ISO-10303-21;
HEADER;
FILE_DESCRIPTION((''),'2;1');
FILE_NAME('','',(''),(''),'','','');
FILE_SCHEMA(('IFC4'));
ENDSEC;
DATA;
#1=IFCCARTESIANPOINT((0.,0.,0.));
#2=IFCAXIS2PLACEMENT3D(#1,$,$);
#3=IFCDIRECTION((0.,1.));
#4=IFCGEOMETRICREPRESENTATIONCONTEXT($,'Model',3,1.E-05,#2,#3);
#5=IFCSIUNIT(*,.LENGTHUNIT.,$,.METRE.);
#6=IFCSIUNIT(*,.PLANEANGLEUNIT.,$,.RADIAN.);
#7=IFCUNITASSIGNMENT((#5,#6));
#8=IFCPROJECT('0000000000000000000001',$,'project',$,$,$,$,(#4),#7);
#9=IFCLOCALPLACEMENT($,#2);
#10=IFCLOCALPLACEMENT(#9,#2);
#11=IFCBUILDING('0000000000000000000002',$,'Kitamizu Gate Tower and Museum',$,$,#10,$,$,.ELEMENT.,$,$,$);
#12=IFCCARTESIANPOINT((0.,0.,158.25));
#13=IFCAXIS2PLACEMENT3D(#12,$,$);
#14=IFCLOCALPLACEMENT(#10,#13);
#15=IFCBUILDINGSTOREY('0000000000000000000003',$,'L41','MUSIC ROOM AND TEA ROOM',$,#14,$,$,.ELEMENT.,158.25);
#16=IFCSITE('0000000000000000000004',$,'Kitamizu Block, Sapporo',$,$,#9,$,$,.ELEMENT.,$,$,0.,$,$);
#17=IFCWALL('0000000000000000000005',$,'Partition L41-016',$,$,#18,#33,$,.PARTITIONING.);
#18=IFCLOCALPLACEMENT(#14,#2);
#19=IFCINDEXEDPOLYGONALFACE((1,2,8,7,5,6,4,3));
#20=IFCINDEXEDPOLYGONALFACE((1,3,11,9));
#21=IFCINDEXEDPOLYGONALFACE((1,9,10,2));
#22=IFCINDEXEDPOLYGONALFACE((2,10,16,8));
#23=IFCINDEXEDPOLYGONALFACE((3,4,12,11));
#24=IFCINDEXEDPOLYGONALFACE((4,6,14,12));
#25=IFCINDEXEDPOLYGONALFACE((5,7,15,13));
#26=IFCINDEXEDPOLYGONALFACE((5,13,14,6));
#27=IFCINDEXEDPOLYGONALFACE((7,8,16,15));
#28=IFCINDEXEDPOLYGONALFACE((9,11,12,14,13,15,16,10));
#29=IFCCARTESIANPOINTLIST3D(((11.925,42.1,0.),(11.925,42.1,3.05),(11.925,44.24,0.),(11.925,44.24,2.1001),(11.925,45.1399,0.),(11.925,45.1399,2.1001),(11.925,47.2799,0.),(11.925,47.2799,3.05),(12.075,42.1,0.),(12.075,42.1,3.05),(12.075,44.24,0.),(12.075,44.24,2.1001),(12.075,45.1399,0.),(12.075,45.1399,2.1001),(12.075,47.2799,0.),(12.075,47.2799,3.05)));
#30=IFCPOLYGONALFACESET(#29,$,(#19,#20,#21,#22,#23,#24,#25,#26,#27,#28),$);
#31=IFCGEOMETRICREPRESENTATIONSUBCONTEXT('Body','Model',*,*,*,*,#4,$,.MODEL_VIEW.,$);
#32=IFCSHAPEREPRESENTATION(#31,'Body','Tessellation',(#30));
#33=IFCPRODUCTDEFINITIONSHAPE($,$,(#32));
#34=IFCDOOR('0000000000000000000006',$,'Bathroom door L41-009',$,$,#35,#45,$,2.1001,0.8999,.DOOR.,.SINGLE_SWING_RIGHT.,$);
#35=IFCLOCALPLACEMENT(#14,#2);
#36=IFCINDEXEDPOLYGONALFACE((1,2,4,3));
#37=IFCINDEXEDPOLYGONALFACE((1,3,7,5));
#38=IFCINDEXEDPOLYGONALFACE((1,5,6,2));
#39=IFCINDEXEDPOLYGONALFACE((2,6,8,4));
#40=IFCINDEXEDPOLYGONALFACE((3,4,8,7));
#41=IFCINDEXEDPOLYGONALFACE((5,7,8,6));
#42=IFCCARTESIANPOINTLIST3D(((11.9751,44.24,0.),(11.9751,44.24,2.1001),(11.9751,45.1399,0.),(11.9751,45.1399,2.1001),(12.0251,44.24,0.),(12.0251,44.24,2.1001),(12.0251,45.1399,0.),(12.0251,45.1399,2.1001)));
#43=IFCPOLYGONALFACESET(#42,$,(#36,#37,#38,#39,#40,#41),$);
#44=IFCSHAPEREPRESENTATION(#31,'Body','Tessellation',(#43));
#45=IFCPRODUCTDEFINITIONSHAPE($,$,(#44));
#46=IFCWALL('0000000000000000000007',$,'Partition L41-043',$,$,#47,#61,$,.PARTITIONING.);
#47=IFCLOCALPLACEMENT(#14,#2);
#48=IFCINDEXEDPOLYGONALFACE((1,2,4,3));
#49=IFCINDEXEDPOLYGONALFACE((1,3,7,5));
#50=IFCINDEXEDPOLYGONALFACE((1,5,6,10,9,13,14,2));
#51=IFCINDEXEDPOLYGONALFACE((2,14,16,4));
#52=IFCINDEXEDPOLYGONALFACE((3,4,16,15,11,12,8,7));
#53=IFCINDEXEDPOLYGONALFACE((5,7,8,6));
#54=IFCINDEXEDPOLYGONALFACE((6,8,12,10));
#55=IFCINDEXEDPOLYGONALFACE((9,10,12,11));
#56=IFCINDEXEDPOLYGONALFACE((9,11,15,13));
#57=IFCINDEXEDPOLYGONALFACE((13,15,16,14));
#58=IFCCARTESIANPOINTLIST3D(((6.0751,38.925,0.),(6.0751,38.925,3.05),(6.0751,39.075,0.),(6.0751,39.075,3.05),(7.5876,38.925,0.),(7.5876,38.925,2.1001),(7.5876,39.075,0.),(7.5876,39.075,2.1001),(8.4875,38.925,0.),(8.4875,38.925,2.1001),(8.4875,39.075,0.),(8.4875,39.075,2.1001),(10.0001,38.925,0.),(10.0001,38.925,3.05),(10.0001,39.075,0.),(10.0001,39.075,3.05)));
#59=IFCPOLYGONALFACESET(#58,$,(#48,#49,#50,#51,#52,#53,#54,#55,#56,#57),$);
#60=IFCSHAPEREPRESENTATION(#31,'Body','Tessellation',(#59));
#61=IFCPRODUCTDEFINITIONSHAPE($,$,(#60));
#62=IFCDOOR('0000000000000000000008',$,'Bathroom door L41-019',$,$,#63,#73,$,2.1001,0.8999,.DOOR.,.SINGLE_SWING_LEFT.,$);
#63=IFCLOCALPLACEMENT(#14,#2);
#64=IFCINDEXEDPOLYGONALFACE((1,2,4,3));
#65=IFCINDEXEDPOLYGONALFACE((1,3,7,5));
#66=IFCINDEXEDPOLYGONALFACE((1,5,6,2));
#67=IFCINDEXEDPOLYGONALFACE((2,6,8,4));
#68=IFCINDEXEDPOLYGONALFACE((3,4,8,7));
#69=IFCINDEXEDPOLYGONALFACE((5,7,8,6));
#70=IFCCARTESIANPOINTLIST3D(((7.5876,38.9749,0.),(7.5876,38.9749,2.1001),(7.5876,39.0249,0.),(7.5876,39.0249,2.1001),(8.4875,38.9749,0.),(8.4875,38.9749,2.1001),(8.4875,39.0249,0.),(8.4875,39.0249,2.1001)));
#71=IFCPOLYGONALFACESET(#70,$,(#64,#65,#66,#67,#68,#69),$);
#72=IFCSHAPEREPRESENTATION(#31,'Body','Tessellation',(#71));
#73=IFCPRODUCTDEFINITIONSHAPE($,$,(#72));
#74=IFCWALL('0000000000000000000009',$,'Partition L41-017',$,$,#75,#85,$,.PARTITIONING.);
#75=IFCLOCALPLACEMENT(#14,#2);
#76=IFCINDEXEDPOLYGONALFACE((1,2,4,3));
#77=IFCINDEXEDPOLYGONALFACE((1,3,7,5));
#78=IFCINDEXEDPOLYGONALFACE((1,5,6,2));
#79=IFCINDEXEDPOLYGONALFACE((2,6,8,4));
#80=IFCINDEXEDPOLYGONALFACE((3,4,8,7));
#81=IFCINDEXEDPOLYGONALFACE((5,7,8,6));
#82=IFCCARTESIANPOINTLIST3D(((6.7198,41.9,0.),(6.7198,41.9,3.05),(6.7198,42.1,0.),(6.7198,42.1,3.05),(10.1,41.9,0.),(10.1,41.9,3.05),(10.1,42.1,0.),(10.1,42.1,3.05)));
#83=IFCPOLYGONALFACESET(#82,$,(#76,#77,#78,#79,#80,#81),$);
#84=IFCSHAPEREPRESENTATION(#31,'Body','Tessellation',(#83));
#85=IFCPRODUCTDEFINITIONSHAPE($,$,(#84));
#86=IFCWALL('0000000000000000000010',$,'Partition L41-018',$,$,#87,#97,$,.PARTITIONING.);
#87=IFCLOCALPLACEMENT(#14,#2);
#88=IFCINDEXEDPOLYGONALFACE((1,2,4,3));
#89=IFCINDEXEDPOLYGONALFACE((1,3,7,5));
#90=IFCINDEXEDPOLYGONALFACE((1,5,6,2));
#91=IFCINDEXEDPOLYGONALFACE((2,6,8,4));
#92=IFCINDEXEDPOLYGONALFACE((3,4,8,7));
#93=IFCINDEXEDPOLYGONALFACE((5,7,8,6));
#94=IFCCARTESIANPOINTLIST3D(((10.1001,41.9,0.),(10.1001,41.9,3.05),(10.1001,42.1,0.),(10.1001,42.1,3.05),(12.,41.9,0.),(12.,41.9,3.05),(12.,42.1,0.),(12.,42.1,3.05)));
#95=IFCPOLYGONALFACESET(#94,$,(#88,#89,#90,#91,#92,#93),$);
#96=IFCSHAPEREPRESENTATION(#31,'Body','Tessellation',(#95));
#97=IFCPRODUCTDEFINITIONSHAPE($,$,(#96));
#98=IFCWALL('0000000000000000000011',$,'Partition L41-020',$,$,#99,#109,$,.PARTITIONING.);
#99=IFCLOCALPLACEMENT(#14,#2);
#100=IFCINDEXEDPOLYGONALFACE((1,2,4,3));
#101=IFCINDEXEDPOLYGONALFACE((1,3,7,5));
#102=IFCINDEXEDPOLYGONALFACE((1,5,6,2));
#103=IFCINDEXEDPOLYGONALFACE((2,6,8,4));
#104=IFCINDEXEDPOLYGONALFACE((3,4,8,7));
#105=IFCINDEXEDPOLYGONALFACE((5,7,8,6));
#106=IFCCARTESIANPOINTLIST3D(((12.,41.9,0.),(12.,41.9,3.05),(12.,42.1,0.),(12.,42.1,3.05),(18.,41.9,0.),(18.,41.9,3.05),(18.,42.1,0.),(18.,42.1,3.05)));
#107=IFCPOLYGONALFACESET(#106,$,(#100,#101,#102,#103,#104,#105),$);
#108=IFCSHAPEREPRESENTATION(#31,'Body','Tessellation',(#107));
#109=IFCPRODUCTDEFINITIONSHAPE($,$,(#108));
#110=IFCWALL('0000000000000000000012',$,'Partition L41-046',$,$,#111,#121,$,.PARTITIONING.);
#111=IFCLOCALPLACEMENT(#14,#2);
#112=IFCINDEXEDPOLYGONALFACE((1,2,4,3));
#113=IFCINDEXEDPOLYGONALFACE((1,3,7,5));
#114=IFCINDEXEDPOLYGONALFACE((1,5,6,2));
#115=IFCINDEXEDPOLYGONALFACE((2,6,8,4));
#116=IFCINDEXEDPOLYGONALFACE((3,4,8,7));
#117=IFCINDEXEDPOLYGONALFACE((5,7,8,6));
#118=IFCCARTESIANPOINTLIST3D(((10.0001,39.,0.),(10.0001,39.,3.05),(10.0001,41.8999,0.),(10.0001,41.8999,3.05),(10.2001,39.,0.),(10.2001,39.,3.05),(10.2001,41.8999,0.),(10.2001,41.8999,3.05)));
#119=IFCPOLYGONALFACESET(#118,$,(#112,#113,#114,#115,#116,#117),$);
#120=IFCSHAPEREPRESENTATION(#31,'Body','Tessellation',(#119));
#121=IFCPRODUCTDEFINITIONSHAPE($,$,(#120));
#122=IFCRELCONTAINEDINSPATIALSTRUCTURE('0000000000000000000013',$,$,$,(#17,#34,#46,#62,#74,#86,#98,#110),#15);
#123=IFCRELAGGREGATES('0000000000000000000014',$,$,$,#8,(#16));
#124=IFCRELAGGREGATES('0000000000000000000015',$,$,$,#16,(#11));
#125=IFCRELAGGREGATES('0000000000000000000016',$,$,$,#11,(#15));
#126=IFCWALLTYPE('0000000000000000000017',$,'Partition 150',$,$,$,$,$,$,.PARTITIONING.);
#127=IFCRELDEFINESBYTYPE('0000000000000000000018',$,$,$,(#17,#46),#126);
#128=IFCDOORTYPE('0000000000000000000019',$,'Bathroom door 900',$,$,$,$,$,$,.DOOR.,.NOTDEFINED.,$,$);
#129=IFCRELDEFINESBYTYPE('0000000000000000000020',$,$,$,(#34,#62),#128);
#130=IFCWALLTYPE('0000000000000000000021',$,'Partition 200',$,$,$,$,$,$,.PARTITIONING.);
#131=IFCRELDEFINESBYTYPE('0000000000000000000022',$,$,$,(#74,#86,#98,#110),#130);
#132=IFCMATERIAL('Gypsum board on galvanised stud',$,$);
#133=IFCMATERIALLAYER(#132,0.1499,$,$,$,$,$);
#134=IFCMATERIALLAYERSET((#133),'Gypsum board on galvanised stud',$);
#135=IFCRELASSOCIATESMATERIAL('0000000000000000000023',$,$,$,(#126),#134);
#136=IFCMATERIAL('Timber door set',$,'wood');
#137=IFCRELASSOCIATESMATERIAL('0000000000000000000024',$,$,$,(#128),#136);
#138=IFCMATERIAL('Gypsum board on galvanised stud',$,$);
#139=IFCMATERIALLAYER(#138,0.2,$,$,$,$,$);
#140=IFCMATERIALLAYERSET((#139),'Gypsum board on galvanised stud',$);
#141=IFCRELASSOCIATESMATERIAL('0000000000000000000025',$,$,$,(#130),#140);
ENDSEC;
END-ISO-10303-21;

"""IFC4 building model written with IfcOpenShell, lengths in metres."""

from ifc_helpers import new_model, si_unit, direction, frame, frame_2d, origin, place, context, subcontext, project, spatial, rectangle, extrude, material, layer, layer_set, type_object, element, fill, save


model = new_model("IFC4")

# Units and contexts
model_context = context("Model", 3, precision=1e-05, world=origin(), true_north=direction((0.0, 1.0)))
body_context = subcontext(model_context, "Body", "Model", "MODEL_VIEW")
ifc_project = project(units=[si_unit("LENGTHUNIT", "METRE"), si_unit("PLANEANGLEUNIT", "RADIAN")], contexts=[model_context])

# Site, building, storey
site_placement = place(None, origin())
site = spatial("IfcSite", under=ifc_project, at=site_placement, Name="Kitamizu Block, Sapporo", CompositionType="ELEMENT", RefElevation=0.0)
building_placement = place(site_placement, origin())
building = spatial("IfcBuilding", under=site, at=building_placement, Name="Kitamizu Gate Tower and Museum", CompositionType="ELEMENT")
storey_placement = place(building_placement, frame((0.0, 0.0, 158.25)))
storey = spatial("IfcBuildingStorey", under=building, at=storey_placement, Name="L41", Description="MUSIC ROOM AND TEA ROOM", CompositionType="ELEMENT", Elevation=158.25)

# Walls, openings, doors
ifc_material_1 = material(Name="Gypsum board on galvanised stud")
ifc_layer_1 = layer(ifc_material_1, 0.1499)
ifc_layer_set_1 = layer_set([ifc_layer_1], Name="Gypsum board on galvanised stud")
wall_type_1 = type_object("IfcWallType", Name="Partition 150", PredefinedType="PARTITIONING", material=ifc_layer_set_1)
wall_1_placement = place(storey_placement, frame((12.0, 42.1001, 0.0), z_axis=(0.0, 0.0, 1.0), x_axis=(0.0, 1.0, 0.0)))
wall_1 = element("IfcWall", 1, at=wall_1_placement, inside=storey, type_object=wall_type_1, Name="Partition L41-016", PredefinedType="PARTITIONING", context=body_context, shape_type="SweptSolid", body=[
    extrude(rectangle(XDim=5.1799, YDim=0.1499, at=frame_2d((2.5898, 0.0))), origin(), (0.0, 0.0, 1.0), 3.05),
])
opening_1_placement = place(wall_1_placement, frame((2.1399, 0.0, 0.0)))
opening_1 = element("IfcOpeningElement", 2, at=opening_1_placement, cuts=wall_1, PredefinedType="OPENING", context=body_context, shape_type="SweptSolid", body=[
    extrude(rectangle(XDim=0.8999, YDim=2.1001, at=frame_2d((0.45, 1.05))), frame((0.0, 0.085, 0.0), z_axis=(0.0, -1.0, 0.0), x_axis=(1.0, 0.0, 0.0)), (0.0, 0.0, 1.0), 0.1699),
])
ifc_material_2 = material(Name="Timber door set", Category="wood")
door_type = type_object("IfcDoorType", Name="Bathroom door 900", OperationType="NOTDEFINED", PredefinedType="DOOR", material=ifc_material_2)
door_1_placement = place(opening_1_placement, origin())
door_1 = element("IfcDoor", 3, at=door_1_placement, inside=storey, type_object=door_type, Name="Bathroom door L41-009", OperationType="SINGLE_SWING_RIGHT", OverallHeight=2.1001, OverallWidth=0.8999, PredefinedType="DOOR", context=body_context, shape_type="SweptSolid", body=[
    extrude(rectangle(XDim=0.8999, YDim=2.1001, at=frame_2d((0.45, 1.05))), frame((0.0, 0.0249, 0.0), z_axis=(0.0, -1.0, 0.0), x_axis=(1.0, 0.0, 0.0)), (0.0, 0.0, 1.0), 0.05),
])
fill(opening_1, door_1)
wall_2_placement = place(storey_placement, frame((10.0, 39.0, 0.0), z_axis=(0.0, 0.0, 1.0), x_axis=(-1.0, 0.0, 0.0)))
wall_2 = element("IfcWall", 4, at=wall_2_placement, inside=storey, type_object=wall_type_1, Name="Partition L41-043", PredefinedType="PARTITIONING", context=body_context, shape_type="SweptSolid", body=[
    extrude(rectangle(XDim=3.925, YDim=0.1499, at=frame_2d((1.9624, 0.0))), origin(), (0.0, 0.0, 1.0), 3.05),
])
opening_2_placement = place(wall_2_placement, frame((1.5125, 0.0, 0.0)))
opening_2 = element("IfcOpeningElement", 5, at=opening_2_placement, cuts=wall_2, PredefinedType="OPENING", context=body_context, shape_type="SweptSolid", body=[
    extrude(rectangle(XDim=0.8999, YDim=2.1001, at=frame_2d((0.45, 1.05))), frame((0.0, 0.085, 0.0), z_axis=(0.0, -1.0, 0.0), x_axis=(1.0, 0.0, 0.0)), (0.0, 0.0, 1.0), 0.1699),
])
door_2_placement = place(opening_2_placement, frame((0.8999, 0.0, 0.0), x_axis=(-1.0, 0.0, 0.0)))
door_2 = element("IfcDoor", 6, at=door_2_placement, inside=storey, type_object=door_type, Name="Bathroom door L41-019", OperationType="SINGLE_SWING_LEFT", OverallHeight=2.1001, OverallWidth=0.8999, PredefinedType="DOOR", context=body_context, shape_type="SweptSolid", body=[
    extrude(rectangle(XDim=0.8999, YDim=2.1001, at=frame_2d((0.45, 1.05))), frame((0.0, 0.0249, 0.0), z_axis=(0.0, -1.0, 0.0), x_axis=(1.0, 0.0, 0.0)), (0.0, 0.0, 1.0), 0.05),
])
fill(opening_2, door_2)

# Walls
ifc_material_3 = material(Name="Gypsum board on galvanised stud")
ifc_layer_2 = layer(ifc_material_3, 0.2)
ifc_layer_set_2 = layer_set([ifc_layer_2], Name="Gypsum board on galvanised stud")
wall_type_2 = type_object("IfcWallType", Name="Partition 200", PredefinedType="PARTITIONING", material=ifc_layer_set_2)
wall_3_placement = place(storey_placement, frame((6.72, 42.0, 0.0), z_axis=(0.0, 0.0, 1.0), x_axis=(1.0, 0.0, 0.0)))
element("IfcWall", 7, at=wall_3_placement, inside=storey, type_object=wall_type_2, Name="Partition L41-017", PredefinedType="PARTITIONING", context=body_context, shape_type="SweptSolid", body=[
    extrude(rectangle(XDim=3.3801, YDim=0.2, at=frame_2d((1.6899, 0.0))), origin(), (0.0, 0.0, 1.0), 3.05),
])
wall_4_placement = place(storey_placement, frame((10.1001, 42.0, 0.0), z_axis=(0.0, 0.0, 1.0), x_axis=(1.0, 0.0, 0.0)))
element("IfcWall", 8, at=wall_4_placement, inside=storey, type_object=wall_type_2, Name="Partition L41-018", PredefinedType="PARTITIONING", context=body_context, shape_type="SweptSolid", body=[
    extrude(rectangle(XDim=1.8999, YDim=0.2, at=frame_2d((0.95, 0.0))), origin(), (0.0, 0.0, 1.0), 3.05),
])
wall_5_placement = place(storey_placement, frame((12.0, 42.0, 0.0), z_axis=(0.0, 0.0, 1.0), x_axis=(1.0, 0.0, 0.0)))
element("IfcWall", 9, at=wall_5_placement, inside=storey, type_object=wall_type_2, Name="Partition L41-020", PredefinedType="PARTITIONING", context=body_context, shape_type="SweptSolid", body=[
    extrude(rectangle(XDim=6.0, YDim=0.2, at=frame_2d((3.0, 0.0))), origin(), (0.0, 0.0, 1.0), 3.05),
])
wall_6_placement = place(storey_placement, frame((10.1001, 39.0, 0.0), z_axis=(0.0, 0.0, 1.0), x_axis=(0.0, 1.0, 0.0)))
element("IfcWall", 10, at=wall_6_placement, inside=storey, type_object=wall_type_2, Name="Partition L41-046", PredefinedType="PARTITIONING", context=body_context, shape_type="SweptSolid", body=[
    extrude(rectangle(XDim=2.8999, YDim=0.2, at=frame_2d((1.45, 0.0))), origin(), (0.0, 0.0, 1.0), 3.05),
])

save(model, "model.ifc")
